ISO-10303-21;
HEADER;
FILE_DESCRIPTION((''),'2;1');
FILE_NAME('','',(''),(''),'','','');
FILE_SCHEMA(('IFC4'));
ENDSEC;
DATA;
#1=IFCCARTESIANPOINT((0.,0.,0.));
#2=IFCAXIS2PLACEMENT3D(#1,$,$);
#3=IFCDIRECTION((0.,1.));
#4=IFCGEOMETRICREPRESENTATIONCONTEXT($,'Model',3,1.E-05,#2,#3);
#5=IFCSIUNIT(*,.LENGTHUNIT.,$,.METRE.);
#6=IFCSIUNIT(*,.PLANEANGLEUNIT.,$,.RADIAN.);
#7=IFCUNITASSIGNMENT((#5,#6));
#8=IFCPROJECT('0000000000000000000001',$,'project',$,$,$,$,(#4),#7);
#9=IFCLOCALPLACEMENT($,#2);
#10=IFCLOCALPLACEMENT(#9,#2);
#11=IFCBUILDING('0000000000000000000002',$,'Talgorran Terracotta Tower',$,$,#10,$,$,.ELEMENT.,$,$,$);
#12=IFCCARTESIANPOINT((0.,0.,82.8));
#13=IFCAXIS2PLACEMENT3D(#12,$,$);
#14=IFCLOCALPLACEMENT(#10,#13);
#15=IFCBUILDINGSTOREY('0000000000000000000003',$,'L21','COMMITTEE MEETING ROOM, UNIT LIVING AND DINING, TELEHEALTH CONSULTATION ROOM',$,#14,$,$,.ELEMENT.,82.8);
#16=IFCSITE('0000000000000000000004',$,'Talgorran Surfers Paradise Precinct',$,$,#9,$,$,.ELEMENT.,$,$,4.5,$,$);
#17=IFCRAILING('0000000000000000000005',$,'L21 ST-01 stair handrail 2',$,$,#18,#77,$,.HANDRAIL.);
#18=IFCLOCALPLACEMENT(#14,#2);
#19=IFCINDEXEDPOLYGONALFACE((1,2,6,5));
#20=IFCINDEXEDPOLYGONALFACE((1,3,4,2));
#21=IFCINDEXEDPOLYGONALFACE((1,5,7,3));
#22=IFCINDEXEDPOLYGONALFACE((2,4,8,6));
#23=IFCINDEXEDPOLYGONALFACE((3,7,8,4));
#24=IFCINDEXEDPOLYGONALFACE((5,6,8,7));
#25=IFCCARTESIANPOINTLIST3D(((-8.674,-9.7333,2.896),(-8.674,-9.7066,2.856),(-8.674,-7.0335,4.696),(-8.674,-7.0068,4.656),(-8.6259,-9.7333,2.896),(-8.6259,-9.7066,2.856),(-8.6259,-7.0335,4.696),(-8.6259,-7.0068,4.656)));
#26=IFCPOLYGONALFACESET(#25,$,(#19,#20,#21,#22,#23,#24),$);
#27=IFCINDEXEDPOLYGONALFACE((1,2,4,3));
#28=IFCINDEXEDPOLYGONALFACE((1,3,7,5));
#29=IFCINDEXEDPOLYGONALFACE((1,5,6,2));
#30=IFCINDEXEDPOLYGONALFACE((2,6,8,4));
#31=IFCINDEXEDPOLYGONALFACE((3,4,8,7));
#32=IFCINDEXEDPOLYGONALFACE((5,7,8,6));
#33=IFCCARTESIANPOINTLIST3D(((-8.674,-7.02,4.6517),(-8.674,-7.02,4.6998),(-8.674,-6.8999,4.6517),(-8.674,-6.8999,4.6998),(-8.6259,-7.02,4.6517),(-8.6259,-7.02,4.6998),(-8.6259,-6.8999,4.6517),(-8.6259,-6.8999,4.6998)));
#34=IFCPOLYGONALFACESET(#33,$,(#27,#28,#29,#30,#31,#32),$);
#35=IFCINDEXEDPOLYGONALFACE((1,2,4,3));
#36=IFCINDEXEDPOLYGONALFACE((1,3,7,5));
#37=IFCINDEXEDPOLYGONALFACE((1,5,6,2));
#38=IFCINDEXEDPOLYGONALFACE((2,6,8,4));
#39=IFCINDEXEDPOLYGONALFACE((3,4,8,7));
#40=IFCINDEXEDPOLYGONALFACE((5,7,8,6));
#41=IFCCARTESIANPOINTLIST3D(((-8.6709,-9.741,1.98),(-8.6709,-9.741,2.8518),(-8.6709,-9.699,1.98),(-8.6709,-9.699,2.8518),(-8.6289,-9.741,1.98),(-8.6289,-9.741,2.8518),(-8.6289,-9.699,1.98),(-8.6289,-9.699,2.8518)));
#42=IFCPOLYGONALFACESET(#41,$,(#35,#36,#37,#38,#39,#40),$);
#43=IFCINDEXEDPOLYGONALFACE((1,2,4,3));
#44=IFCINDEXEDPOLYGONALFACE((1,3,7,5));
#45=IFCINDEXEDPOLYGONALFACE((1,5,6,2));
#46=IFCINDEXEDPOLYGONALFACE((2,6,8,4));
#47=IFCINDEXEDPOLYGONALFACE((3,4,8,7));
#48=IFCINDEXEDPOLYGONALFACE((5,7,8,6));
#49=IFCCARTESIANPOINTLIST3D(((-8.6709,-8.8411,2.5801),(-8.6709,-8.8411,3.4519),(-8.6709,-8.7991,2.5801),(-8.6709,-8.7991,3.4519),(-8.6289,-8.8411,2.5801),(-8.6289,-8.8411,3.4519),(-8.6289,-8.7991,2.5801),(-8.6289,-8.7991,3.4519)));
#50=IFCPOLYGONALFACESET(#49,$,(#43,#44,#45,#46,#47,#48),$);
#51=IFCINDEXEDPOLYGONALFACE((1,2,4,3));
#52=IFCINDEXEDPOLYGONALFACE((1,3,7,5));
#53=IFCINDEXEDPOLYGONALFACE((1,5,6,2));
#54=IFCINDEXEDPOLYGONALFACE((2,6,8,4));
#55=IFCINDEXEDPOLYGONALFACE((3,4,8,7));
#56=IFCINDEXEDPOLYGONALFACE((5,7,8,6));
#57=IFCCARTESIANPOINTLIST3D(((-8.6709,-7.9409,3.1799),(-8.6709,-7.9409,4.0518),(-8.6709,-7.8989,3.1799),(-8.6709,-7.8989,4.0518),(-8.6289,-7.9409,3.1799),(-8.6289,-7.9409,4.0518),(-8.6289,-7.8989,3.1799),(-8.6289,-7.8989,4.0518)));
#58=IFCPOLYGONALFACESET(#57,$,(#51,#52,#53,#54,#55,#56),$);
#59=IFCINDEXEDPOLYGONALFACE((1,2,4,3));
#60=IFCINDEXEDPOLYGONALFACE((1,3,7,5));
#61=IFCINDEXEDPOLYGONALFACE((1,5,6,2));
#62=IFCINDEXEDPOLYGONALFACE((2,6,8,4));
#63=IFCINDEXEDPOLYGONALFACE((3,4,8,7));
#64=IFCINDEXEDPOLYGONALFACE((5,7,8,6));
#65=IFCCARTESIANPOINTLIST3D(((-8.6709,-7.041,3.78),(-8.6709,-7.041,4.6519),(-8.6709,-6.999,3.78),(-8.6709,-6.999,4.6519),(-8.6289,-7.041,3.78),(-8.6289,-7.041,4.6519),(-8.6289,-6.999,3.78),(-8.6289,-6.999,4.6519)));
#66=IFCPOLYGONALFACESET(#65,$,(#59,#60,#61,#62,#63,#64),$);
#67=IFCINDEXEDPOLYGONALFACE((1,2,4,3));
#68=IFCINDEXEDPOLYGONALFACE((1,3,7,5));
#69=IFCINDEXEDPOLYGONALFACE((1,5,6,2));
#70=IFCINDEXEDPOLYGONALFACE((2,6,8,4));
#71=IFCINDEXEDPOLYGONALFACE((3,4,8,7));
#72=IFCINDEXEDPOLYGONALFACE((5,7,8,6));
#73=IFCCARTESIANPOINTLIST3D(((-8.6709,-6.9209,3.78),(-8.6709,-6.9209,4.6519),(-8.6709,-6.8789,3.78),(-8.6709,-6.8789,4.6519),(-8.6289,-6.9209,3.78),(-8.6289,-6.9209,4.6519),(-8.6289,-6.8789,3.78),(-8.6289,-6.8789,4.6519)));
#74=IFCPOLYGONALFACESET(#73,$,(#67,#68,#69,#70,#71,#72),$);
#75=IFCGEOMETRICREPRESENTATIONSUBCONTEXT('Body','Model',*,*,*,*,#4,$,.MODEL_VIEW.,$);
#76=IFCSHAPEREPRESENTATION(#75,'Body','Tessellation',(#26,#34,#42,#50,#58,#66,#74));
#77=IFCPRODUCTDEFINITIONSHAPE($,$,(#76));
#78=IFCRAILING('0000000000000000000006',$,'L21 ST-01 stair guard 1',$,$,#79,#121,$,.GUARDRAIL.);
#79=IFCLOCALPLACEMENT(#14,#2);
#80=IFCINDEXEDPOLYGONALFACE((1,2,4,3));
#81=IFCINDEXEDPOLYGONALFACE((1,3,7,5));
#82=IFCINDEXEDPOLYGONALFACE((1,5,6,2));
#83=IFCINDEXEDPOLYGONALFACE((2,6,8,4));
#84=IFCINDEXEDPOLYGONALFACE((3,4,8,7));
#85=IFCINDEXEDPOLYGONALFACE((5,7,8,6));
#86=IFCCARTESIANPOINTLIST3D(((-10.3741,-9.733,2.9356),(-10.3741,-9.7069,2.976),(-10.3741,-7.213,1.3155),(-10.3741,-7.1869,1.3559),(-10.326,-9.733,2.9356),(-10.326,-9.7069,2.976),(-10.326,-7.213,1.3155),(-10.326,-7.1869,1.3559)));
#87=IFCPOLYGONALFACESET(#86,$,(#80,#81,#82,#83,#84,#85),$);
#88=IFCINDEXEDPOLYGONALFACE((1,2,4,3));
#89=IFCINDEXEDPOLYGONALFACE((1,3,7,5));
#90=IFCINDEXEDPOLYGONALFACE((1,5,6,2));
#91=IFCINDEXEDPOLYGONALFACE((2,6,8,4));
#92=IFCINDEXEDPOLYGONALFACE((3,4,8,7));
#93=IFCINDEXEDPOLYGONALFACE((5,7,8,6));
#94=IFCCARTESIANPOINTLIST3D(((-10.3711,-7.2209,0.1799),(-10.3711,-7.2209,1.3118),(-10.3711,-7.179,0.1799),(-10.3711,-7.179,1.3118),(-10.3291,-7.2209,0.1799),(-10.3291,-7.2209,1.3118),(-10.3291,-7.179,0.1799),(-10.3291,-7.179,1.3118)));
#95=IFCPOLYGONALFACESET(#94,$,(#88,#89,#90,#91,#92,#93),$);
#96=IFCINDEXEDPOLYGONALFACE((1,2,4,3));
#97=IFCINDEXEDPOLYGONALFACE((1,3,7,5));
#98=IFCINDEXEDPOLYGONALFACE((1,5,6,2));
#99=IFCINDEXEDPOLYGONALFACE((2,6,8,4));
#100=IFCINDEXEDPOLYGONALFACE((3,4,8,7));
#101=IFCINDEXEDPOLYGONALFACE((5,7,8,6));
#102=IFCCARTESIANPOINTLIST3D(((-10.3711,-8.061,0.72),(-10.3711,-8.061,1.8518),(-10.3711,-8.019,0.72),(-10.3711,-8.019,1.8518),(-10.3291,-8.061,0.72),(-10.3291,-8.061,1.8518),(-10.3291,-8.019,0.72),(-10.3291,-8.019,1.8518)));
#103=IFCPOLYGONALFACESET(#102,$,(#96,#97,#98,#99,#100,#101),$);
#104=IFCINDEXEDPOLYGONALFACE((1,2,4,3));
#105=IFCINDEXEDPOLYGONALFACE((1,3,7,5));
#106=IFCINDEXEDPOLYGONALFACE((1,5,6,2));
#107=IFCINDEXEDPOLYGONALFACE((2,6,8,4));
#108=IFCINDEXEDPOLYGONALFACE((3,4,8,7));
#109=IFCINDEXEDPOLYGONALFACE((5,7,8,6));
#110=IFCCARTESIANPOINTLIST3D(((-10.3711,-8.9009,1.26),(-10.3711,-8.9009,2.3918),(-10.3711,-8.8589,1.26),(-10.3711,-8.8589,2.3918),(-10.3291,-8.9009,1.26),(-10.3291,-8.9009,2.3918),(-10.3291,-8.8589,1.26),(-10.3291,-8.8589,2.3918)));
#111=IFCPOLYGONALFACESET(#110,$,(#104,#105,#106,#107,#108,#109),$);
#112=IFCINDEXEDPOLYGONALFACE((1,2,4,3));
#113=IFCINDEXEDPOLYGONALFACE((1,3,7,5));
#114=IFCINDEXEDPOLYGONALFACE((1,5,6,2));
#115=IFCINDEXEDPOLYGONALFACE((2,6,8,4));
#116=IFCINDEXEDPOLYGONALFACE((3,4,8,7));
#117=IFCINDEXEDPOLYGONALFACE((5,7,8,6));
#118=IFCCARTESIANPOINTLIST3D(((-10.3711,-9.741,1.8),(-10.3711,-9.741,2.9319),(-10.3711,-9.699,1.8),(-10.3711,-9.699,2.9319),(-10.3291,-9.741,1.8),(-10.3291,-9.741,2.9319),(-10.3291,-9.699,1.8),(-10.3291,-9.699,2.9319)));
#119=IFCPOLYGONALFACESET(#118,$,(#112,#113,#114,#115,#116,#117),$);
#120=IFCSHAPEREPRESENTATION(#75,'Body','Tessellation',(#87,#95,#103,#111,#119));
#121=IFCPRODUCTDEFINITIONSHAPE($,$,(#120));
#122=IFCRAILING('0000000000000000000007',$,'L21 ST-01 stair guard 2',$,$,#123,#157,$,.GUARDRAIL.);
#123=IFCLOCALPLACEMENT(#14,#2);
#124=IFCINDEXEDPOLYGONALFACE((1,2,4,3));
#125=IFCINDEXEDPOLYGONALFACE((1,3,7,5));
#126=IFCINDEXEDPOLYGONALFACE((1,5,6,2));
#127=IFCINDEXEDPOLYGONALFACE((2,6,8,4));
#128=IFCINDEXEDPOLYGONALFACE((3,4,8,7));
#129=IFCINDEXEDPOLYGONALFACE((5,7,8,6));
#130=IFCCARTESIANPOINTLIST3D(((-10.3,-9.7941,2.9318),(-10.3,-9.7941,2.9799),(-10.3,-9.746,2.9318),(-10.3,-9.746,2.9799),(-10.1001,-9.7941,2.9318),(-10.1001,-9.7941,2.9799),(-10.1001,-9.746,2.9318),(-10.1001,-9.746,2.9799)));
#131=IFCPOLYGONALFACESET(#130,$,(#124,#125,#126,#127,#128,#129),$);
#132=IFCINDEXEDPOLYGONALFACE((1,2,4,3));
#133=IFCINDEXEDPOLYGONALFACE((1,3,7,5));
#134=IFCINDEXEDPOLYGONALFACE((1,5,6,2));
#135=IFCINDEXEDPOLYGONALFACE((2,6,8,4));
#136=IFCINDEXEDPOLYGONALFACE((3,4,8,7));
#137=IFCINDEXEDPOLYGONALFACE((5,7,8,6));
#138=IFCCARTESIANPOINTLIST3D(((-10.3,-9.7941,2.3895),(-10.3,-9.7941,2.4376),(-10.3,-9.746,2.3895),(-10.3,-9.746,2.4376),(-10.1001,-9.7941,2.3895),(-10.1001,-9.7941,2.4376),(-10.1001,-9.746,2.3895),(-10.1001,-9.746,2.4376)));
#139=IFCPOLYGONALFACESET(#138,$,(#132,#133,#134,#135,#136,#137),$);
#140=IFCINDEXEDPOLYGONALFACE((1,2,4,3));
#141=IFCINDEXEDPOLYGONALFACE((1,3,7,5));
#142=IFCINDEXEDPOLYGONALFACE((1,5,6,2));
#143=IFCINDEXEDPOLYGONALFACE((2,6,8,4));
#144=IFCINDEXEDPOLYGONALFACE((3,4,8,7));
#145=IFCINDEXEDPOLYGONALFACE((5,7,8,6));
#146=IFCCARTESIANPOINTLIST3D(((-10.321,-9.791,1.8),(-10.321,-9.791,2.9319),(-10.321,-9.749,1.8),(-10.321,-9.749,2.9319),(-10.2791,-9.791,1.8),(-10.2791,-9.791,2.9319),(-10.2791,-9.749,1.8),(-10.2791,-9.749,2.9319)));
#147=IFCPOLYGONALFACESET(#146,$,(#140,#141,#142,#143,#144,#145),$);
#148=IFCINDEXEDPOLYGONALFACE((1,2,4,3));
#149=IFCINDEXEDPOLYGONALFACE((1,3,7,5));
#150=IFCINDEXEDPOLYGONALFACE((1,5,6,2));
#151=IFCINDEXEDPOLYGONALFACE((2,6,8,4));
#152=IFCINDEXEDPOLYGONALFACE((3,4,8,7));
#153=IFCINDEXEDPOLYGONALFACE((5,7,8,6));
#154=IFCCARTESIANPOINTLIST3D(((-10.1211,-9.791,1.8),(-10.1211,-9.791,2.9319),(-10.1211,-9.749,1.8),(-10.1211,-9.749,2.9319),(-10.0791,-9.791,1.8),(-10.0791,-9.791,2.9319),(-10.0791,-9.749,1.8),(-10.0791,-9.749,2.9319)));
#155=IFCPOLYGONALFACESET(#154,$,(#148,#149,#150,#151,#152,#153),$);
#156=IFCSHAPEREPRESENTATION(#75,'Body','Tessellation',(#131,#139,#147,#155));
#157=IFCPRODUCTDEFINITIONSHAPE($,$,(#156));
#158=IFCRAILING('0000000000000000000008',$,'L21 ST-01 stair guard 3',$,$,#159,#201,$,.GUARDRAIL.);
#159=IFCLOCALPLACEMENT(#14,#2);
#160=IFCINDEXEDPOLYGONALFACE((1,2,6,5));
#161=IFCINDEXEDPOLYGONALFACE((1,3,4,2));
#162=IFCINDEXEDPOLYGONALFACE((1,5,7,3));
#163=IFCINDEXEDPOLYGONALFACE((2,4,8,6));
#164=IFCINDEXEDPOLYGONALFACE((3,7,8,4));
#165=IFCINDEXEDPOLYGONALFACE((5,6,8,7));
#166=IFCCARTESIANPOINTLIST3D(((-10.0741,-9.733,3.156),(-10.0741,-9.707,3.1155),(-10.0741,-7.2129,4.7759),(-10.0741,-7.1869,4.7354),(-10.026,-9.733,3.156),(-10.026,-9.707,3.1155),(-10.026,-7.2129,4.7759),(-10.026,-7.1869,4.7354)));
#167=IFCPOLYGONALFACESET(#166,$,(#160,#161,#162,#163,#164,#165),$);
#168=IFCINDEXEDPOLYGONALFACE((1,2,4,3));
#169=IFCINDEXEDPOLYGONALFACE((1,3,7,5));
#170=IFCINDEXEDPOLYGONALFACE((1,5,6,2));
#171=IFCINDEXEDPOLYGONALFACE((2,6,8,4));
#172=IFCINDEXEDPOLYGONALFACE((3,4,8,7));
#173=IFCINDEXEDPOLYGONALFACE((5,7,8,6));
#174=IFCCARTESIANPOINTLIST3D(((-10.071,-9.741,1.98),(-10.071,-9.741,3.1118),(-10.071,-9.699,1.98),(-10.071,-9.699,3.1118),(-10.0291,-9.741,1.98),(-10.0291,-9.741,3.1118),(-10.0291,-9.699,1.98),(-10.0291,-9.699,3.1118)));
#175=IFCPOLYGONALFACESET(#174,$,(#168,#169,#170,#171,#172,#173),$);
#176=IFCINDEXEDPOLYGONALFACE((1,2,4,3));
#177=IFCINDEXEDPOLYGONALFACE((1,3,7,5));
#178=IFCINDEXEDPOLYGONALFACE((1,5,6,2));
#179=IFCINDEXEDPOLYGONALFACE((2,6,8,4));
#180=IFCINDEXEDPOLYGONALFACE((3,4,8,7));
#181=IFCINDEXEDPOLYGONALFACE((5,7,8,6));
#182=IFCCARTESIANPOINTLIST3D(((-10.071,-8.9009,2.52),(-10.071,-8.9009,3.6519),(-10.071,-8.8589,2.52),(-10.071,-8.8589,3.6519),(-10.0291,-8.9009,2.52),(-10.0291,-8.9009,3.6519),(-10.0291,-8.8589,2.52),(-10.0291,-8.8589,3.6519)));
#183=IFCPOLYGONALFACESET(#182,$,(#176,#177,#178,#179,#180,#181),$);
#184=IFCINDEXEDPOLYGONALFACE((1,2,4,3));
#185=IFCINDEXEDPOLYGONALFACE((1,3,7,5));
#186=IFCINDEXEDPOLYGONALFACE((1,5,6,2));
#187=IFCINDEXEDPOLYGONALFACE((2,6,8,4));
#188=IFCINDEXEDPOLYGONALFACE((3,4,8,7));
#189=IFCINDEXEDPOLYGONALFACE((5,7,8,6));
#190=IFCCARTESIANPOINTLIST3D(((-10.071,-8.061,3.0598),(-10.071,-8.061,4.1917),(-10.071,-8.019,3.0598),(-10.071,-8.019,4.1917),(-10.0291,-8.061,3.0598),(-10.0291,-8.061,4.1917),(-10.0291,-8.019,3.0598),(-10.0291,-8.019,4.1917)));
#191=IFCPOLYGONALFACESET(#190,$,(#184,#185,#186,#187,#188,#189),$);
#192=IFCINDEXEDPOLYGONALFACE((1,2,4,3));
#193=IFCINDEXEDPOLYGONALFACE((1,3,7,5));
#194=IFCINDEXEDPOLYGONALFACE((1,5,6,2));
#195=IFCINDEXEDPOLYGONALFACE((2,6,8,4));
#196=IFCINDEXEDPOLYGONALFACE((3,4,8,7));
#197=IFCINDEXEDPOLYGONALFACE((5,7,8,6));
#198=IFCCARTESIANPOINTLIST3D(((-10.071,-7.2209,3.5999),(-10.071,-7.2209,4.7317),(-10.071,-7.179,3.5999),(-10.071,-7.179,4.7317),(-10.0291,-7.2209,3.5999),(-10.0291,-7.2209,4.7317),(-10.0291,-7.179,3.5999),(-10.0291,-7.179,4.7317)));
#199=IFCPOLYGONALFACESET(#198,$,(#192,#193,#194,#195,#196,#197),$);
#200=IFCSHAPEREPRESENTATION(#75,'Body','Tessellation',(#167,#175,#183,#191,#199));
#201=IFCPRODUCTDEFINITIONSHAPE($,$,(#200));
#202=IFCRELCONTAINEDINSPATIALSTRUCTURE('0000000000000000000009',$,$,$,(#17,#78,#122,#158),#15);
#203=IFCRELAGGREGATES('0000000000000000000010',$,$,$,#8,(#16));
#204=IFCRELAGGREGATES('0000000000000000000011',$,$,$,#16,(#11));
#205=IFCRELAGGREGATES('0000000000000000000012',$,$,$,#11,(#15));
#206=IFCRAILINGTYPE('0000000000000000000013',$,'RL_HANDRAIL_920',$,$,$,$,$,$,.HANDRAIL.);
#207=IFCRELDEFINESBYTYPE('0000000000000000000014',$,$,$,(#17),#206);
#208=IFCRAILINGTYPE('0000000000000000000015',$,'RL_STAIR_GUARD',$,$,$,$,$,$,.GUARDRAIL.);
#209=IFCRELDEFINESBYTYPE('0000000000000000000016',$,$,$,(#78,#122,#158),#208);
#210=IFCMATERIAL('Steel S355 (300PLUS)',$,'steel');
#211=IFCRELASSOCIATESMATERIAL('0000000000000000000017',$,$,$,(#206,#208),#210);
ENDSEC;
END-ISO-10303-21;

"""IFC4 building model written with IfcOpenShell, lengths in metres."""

from ifc_helpers import new_model, si_unit, direction, frame, origin, origin_2d, place, context, subcontext, project, spatial, rectangle, extrude, material, type_object, element, save


model = new_model("IFC4")

# Units and contexts
model_context = context("Model", 3, precision=1e-05, world=origin(), true_north=direction((0.0, 1.0)))
body_context = subcontext(model_context, "Body", "Model", "MODEL_VIEW")
ifc_project = project(units=[si_unit("LENGTHUNIT", "METRE"), si_unit("PLANEANGLEUNIT", "RADIAN")], contexts=[model_context])

# Site, building, storey
site_placement = place(None, origin())
site = spatial("IfcSite", under=ifc_project, at=site_placement, Name="Talgorran Surfers Paradise Precinct", CompositionType="ELEMENT", RefElevation=4.5)
building_placement = place(site_placement, origin())
building = spatial("IfcBuilding", under=site, at=building_placement, Name="Talgorran Terracotta Tower", CompositionType="ELEMENT")
storey_placement = place(building_placement, frame((0.0, 0.0, 82.8)))
storey = spatial("IfcBuildingStorey", under=building, at=storey_placement, Name="L21", Description="COMMITTEE MEETING ROOM, UNIT LIVING AND DINING, TELEHEALTH CONSULTATION ROOM", CompositionType="ELEMENT", Elevation=82.8)

# Railings
ifc_material_1 = material(Name="Steel S355 (300PLUS)", Category="steel")
railing_type_1 = type_object("IfcRailingType", Name="RL_HANDRAIL_920", PredefinedType="HANDRAIL", material=ifc_material_1)
railing_1_placement = place(storey_placement, frame((-8.6499, -9.72, 1.98)))
element("IfcRailing", 1, at=railing_1_placement, inside=storey, type_object=railing_type_1, Name="L21 ST-01 stair handrail 2", PredefinedType="HANDRAIL", context=body_context, shape_type="SweptSolid", body=[
    extrude(rectangle(XDim=0.0481, YDim=0.0481, at=origin_2d()), frame((0.0, 0.0, 0.896), z_axis=(0.0, 0.832039, 0.554718), x_axis=(-1.0, 0.0, 0.0)), (0.0, 0.0, 1.0), 3.2449),
    extrude(rectangle(XDim=0.0481, YDim=0.0481, at=origin_2d()), frame((0.0, 2.7, 2.6958), z_axis=(0.0, 1.0, 0.0), x_axis=(-1.0, 0.0, 0.0)), (0.0, 0.0, 1.0), 0.1201),
    extrude(rectangle(XDim=0.042, YDim=0.042, at=origin_2d()), origin(), (0.0, 0.0, 1.0), 0.8718),
    extrude(rectangle(XDim=0.042, YDim=0.042, at=origin_2d()), frame((0.0, 0.8999, 0.6001)), (0.0, 0.0, 1.0), 0.8718),
    extrude(rectangle(XDim=0.042, YDim=0.042, at=origin_2d()), frame((0.0, 1.8, 1.2)), (0.0, 0.0, 1.0), 0.8718),
    extrude(rectangle(XDim=0.042, YDim=0.042, at=origin_2d()), frame((0.0, 2.7, 1.8)), (0.0, 0.0, 1.0), 0.8718),
    extrude(rectangle(XDim=0.042, YDim=0.042, at=origin_2d()), frame((0.0, 2.8201, 1.8)), (0.0, 0.0, 1.0), 0.8718),
])
railing_type_2 = type_object("IfcRailingType", Name="RL_STAIR_GUARD", PredefinedType="GUARDRAIL", material=ifc_material_1)
railing_2_placement = place(storey_placement, frame((-10.3501, -7.2, 0.1799)))
element("IfcRailing", 2, at=railing_2_placement, inside=storey, type_object=railing_type_2, Name="L21 ST-01 stair guard 1", PredefinedType="GUARDRAIL", context=body_context, shape_type="SweptSolid", body=[
    extrude(rectangle(XDim=0.0481, YDim=0.0481, at=origin_2d()), frame((0.0, 0.0, 1.1558), z_axis=(0.0, -0.841163, 0.540782), x_axis=(1.0, 0.0, 0.0)), (0.0, 0.0, 1.0), 2.9958),
    extrude(rectangle(XDim=0.042, YDim=0.042, at=origin_2d()), origin(), (0.0, 0.0, 1.0), 1.1318),
    extrude(rectangle(XDim=0.042, YDim=0.042, at=origin_2d()), frame((0.0, -0.8401, 0.54)), (0.0, 0.0, 1.0), 1.1318),
    extrude(rectangle(XDim=0.042, YDim=0.042, at=origin_2d()), frame((0.0, -1.6799, 1.0801)), (0.0, 0.0, 1.0), 1.1318),
    extrude(rectangle(XDim=0.042, YDim=0.042, at=origin_2d()), frame((0.0, -2.52, 1.6201)), (0.0, 0.0, 1.0), 1.1318),
])
railing_3_placement = place(storey_placement, frame((-10.3, -9.77, 1.8)))
element("IfcRailing", 3, at=railing_3_placement, inside=storey, type_object=railing_type_2, Name="L21 ST-01 stair guard 2", PredefinedType="GUARDRAIL", context=body_context, shape_type="SweptSolid", body=[
    extrude(rectangle(XDim=0.0481, YDim=0.0481, at=origin_2d()), frame((0.0, 0.0, 1.1558), z_axis=(1.0, 0.0, 0.0), x_axis=(0.0, 1.0, 0.0)), (0.0, 0.0, 1.0), 0.2),
    extrude(rectangle(XDim=0.0481, YDim=0.0481, at=origin_2d()), frame((0.0, 0.0, 0.6135), z_axis=(1.0, 0.0, 0.0), x_axis=(0.0, 1.0, 0.0)), (0.0, 0.0, 1.0), 0.2),
    extrude(rectangle(XDim=0.042, YDim=0.042, at=origin_2d()), origin(), (0.0, 0.0, 1.0), 1.1318),
    extrude(rectangle(XDim=0.042, YDim=0.042, at=origin_2d()), frame((0.2, 0.0, 0.0)), (0.0, 0.0, 1.0), 1.1318),
])
railing_4_placement = place(storey_placement, frame((-10.05, -9.72, 1.98)))
element("IfcRailing", 4, at=railing_4_placement, inside=storey, type_object=railing_type_2, Name="L21 ST-01 stair guard 3", PredefinedType="GUARDRAIL", context=body_context, shape_type="SweptSolid", body=[
    extrude(rectangle(XDim=0.0481, YDim=0.0481, at=origin_2d()), frame((0.0, 0.0, 1.1558), z_axis=(0.0, 0.8412, 0.540725), x_axis=(-1.0, 0.0, 0.0)), (0.0, 0.0, 1.0), 2.9958),
    extrude(rectangle(XDim=0.042, YDim=0.042, at=origin_2d()), origin(), (0.0, 0.0, 1.0), 1.1318),
    extrude(rectangle(XDim=0.042, YDim=0.042, at=origin_2d()), frame((0.0, 0.8401, 0.54)), (0.0, 0.0, 1.0), 1.1318),
    extrude(rectangle(XDim=0.042, YDim=0.042, at=origin_2d()), frame((0.0, 1.6799, 1.0798)), (0.0, 0.0, 1.0), 1.1318),
    extrude(rectangle(XDim=0.042, YDim=0.042, at=origin_2d()), frame((0.0, 2.52, 1.6199)), (0.0, 0.0, 1.0), 1.1318),
])

save(model, "model.ifc")
